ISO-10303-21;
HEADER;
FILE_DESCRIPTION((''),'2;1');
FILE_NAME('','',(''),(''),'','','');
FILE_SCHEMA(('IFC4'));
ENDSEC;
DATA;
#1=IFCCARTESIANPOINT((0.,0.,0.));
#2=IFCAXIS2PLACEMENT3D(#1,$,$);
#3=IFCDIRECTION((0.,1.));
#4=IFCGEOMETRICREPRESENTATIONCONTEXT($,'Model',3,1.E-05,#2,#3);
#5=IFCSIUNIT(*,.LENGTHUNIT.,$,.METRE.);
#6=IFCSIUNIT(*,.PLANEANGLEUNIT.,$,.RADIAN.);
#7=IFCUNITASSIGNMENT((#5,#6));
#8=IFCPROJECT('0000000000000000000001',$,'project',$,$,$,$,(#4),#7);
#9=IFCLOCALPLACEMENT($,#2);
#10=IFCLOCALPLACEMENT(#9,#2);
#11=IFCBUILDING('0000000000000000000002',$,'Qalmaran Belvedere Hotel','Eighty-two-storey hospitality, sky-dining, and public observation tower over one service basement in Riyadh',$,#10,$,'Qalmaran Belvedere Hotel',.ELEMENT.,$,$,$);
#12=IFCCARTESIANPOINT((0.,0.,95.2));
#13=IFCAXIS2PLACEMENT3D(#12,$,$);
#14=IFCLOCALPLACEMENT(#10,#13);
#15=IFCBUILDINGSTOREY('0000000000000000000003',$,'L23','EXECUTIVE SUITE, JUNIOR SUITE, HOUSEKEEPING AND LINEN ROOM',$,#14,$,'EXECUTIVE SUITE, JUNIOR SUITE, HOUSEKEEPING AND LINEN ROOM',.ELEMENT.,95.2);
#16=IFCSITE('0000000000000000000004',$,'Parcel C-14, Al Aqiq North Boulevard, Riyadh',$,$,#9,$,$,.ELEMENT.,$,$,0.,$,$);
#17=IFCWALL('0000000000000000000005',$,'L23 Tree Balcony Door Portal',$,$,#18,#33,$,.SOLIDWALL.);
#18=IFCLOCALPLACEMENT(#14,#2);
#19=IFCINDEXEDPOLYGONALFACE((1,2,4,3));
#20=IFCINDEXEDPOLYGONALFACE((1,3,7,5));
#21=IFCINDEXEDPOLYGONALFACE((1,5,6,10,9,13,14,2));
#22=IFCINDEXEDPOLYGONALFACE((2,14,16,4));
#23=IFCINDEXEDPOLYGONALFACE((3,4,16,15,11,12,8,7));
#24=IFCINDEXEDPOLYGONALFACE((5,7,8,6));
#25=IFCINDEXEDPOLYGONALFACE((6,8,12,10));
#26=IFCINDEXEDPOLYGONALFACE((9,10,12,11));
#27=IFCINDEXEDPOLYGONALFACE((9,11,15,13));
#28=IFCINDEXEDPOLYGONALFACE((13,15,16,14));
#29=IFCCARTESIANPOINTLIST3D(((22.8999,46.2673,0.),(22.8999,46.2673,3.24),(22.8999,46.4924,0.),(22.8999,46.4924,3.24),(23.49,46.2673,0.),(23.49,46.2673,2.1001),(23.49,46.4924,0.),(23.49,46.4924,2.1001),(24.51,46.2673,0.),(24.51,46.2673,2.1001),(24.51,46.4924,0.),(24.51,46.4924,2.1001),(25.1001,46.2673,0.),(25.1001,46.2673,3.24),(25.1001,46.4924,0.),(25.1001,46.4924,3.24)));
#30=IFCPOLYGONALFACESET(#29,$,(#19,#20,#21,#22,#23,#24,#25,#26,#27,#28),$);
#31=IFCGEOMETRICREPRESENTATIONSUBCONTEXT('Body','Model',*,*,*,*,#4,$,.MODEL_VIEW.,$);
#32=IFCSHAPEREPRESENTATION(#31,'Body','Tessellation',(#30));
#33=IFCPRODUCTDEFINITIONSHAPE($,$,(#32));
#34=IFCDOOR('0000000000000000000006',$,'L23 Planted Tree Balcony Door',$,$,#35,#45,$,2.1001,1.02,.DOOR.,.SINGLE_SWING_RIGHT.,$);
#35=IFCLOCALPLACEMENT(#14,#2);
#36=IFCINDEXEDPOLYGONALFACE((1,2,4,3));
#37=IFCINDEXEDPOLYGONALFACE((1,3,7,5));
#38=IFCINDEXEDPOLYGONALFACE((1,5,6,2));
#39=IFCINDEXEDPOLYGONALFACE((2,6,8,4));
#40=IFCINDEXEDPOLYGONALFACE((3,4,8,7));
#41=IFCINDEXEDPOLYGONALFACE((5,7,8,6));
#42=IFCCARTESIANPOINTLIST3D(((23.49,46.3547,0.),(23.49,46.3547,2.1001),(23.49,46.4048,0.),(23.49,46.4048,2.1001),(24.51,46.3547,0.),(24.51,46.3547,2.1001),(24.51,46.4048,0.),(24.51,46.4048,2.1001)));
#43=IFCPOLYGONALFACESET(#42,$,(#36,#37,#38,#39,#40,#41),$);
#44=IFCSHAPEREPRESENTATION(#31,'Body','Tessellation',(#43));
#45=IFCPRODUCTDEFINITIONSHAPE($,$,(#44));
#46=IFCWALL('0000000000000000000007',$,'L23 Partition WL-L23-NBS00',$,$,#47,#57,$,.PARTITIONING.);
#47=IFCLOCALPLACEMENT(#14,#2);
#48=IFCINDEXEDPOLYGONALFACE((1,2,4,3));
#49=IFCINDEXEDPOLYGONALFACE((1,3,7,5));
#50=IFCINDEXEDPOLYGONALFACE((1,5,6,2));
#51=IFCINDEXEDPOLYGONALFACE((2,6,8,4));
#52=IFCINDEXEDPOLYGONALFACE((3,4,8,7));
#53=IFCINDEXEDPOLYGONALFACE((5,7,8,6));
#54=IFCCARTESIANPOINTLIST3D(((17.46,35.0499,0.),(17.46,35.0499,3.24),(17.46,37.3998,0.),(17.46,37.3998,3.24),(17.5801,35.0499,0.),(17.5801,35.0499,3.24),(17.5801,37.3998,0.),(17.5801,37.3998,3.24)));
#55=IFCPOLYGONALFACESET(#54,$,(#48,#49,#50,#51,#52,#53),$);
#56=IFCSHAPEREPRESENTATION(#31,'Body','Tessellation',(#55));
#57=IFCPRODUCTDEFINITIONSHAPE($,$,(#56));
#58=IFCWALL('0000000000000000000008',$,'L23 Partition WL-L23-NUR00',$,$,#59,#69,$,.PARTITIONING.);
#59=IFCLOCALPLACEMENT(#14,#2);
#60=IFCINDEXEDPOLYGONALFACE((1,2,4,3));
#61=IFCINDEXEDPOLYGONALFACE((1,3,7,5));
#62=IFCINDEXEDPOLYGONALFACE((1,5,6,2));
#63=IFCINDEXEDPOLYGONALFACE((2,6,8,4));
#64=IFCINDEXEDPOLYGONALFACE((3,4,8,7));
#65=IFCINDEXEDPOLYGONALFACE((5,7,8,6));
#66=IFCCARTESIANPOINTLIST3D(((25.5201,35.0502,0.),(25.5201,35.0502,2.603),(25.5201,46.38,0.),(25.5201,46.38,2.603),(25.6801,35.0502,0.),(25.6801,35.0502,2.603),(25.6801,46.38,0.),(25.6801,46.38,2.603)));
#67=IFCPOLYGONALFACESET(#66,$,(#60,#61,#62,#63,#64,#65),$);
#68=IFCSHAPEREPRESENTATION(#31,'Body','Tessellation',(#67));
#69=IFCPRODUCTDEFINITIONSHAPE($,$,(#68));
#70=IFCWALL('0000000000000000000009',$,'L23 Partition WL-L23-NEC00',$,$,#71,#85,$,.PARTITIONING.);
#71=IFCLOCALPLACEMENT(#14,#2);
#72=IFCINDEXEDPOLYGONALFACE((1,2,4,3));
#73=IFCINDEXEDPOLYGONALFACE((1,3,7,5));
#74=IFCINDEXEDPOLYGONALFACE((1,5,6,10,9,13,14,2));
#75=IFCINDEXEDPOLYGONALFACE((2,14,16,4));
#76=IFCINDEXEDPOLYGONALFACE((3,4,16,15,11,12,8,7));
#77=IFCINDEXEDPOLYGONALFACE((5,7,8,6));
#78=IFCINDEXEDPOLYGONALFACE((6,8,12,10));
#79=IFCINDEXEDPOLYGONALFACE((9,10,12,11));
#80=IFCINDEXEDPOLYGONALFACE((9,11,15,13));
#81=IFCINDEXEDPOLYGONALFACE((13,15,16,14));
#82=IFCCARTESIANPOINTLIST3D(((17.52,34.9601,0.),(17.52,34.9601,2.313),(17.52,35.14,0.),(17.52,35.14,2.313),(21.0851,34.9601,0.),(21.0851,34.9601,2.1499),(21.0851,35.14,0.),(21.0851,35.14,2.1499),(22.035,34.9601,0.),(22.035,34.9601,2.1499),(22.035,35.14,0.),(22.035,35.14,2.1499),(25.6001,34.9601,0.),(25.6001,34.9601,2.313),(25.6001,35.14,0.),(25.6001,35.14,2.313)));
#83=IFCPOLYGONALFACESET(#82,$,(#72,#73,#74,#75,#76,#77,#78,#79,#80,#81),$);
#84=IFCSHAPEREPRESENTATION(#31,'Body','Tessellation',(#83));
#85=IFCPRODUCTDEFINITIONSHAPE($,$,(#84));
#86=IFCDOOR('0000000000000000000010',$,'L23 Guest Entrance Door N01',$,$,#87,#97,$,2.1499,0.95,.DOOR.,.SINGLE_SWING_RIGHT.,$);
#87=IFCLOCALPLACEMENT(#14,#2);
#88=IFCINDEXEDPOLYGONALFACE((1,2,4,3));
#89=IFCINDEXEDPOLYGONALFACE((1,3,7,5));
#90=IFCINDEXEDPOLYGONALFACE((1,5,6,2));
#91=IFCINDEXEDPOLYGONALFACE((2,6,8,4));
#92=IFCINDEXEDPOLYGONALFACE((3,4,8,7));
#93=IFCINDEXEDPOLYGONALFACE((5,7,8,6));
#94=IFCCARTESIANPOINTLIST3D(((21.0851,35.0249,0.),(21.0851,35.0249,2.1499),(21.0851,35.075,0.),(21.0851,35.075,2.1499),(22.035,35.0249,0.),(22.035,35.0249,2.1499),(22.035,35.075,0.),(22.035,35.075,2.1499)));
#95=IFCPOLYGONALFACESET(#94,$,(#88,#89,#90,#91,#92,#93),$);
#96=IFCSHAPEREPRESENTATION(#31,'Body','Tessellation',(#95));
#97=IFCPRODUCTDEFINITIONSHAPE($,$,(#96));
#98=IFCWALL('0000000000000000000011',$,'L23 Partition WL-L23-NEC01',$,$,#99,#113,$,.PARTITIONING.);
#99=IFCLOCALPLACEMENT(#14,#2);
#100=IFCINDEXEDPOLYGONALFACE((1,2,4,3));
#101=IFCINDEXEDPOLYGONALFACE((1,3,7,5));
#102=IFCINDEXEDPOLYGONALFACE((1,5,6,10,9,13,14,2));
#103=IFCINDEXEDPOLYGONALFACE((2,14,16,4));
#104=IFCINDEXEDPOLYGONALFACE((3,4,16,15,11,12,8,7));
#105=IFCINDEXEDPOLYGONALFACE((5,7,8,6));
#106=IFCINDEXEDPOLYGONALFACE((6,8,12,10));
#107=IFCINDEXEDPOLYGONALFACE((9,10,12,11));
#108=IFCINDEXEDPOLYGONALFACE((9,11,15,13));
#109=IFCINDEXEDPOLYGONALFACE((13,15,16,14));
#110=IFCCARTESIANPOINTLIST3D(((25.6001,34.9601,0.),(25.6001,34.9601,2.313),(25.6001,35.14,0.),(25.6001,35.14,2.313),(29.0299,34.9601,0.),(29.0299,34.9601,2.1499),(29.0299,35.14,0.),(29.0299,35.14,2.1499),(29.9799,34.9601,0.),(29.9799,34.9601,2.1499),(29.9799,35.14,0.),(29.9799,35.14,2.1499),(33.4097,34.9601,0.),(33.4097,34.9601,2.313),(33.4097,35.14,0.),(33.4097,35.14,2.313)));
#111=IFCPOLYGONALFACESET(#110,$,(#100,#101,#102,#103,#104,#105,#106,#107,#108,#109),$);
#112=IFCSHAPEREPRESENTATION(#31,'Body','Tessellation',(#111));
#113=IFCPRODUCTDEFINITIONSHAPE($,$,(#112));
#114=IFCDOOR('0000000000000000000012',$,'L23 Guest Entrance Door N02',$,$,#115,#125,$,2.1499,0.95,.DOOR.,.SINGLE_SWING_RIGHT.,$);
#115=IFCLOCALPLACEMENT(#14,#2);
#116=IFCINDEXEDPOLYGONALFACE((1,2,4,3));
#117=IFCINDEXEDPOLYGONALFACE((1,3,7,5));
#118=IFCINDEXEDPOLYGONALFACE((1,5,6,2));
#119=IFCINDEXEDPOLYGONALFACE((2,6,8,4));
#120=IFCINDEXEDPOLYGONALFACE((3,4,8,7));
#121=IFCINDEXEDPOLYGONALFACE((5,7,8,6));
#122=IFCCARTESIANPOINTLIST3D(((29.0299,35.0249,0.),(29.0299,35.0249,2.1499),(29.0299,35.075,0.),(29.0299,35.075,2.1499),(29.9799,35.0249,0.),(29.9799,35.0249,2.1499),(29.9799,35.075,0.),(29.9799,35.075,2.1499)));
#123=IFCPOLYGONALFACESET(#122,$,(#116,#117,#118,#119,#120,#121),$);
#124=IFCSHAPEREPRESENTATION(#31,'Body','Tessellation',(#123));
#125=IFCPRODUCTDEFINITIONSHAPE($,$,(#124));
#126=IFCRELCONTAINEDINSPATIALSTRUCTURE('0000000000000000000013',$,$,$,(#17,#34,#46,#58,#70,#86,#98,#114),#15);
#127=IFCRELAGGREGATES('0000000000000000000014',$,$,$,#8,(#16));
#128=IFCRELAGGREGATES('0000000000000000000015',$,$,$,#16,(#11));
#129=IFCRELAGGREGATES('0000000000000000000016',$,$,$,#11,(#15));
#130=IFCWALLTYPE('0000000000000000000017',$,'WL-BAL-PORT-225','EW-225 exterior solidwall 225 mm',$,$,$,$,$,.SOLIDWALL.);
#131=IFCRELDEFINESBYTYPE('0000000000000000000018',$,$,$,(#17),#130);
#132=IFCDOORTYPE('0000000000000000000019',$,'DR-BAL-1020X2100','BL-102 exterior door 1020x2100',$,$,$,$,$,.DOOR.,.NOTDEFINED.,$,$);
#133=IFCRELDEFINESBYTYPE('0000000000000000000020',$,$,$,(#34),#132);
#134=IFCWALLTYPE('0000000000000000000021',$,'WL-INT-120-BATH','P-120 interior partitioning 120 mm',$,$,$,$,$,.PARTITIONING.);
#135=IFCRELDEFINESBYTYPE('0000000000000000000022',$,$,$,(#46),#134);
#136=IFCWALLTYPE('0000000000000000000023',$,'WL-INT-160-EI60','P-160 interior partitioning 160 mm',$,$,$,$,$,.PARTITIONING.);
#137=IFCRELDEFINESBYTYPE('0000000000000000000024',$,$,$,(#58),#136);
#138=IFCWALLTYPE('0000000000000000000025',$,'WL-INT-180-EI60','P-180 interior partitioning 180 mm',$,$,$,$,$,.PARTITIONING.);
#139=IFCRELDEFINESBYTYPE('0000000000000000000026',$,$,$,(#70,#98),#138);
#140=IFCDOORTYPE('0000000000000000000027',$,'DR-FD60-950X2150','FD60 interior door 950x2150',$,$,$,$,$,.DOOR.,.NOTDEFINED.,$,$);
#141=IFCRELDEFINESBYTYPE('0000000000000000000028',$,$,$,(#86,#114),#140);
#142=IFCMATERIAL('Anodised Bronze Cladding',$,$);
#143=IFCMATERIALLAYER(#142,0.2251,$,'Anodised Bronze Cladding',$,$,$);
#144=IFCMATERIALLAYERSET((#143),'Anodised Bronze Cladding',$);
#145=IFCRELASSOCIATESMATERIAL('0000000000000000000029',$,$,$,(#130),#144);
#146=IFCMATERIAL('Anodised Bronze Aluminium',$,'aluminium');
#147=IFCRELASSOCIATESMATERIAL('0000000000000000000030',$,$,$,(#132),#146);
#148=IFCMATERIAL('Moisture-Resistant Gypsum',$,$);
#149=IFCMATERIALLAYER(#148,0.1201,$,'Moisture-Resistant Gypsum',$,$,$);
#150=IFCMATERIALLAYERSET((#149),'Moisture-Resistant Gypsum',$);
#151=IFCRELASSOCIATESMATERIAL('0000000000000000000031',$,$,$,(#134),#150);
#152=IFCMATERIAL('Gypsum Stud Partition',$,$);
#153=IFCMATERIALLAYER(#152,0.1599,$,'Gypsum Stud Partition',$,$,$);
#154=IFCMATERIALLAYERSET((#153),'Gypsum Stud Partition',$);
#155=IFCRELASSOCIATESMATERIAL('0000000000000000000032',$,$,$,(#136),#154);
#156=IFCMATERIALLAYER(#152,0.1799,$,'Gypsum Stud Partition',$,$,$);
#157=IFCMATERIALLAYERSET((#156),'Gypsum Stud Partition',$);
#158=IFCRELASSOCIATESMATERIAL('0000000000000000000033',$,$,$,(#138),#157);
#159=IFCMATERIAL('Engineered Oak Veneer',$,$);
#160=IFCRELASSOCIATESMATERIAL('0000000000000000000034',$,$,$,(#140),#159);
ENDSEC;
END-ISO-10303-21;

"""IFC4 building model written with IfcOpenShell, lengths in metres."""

from ifc_helpers import new_model, si_unit, direction, frame, frame_2d, origin, place, context, subcontext, project, spatial, rectangle, extrude, material, layer, layer_set, type_object, element, fill, save


model = new_model("IFC4")

# Units and contexts
model_context = context("Model", 3, precision=1e-05, world=origin(), true_north=direction((0.0, 1.0)))
body_context = subcontext(model_context, "Body", "Model", "MODEL_VIEW")
ifc_project = project(units=[si_unit("LENGTHUNIT", "METRE"), si_unit("PLANEANGLEUNIT", "RADIAN")], contexts=[model_context])

# Site, building, storey
site_placement = place(None, origin())
site = spatial("IfcSite", under=ifc_project, at=site_placement, Name="Parcel C-14, Al Aqiq North Boulevard, Riyadh", CompositionType="ELEMENT", RefElevation=0.0)
building_placement = place(site_placement, origin())
building = spatial("IfcBuilding", under=site, at=building_placement, Name="Qalmaran Belvedere Hotel", Description="Eighty-two-storey hospitality, sky-dining, and public observation tower over one service basement in Riyadh", LongName="Qalmaran Belvedere Hotel", CompositionType="ELEMENT")
storey_placement = place(building_placement, frame((0.0, 0.0, 95.2)))
storey = spatial("IfcBuildingStorey", under=building, at=storey_placement, Name="L23", Description="EXECUTIVE SUITE, JUNIOR SUITE, HOUSEKEEPING AND LINEN ROOM", LongName="EXECUTIVE SUITE, JUNIOR SUITE, HOUSEKEEPING AND LINEN ROOM", CompositionType="ELEMENT", Elevation=95.2)

# Shared definitions
ifc_material_1 = material(Name="Anodised Bronze Aluminium", Category="aluminium")

# Wall, opening, door
ifc_material_2 = material(Name="Anodised Bronze Cladding")
ifc_layer_1 = layer(ifc_material_2, 0.2251, Name="Anodised Bronze Cladding")
ifc_layer_set_1 = layer_set([ifc_layer_1], Name="Anodised Bronze Cladding")
wall_type_1 = type_object("IfcWallType", Name="WL-BAL-PORT-225", Description="EW-225 exterior solidwall 225 mm", PredefinedType="SOLIDWALL", material=ifc_layer_set_1)
wall_1_placement = place(storey_placement, frame((22.8999, 46.3799, 0.0), z_axis=(0.0, 0.0, 1.0), x_axis=(1.0, 0.0, 0.0)))
wall_1 = element("IfcWall", 1, at=wall_1_placement, inside=storey, type_object=wall_type_1, Name="L23 Tree Balcony Door Portal", PredefinedType="SOLIDWALL", context=body_context, shape_type="SweptSolid", body=[
    extrude(rectangle(XDim=2.2002, YDim=0.2251, at=frame_2d((1.1001, 0.0))), origin(), (0.0, 0.0, 1.0), 3.24),
])
opening_1_placement = place(wall_1_placement, frame((0.5901, 0.0, 0.0)))
opening_1 = element("IfcOpeningElement", 2, at=opening_1_placement, cuts=wall_1, PredefinedType="OPENING", context=body_context, shape_type="SweptSolid", body=[
    extrude(rectangle(XDim=1.02, YDim=2.1001, at=frame_2d((0.51, 1.05))), frame((0.0, 0.1226, 0.0), z_axis=(0.0, -1.0, 0.0), x_axis=(1.0, 0.0, 0.0)), (0.0, 0.0, 1.0), 0.2451),
])
door_type_1 = type_object("IfcDoorType", Name="DR-BAL-1020X2100", Description="BL-102 exterior door 1020x2100", OperationType="NOTDEFINED", PredefinedType="DOOR", material=ifc_material_1)
door_1_placement = place(opening_1_placement, origin())
door_1 = element("IfcDoor", 3, at=door_1_placement, inside=storey, type_object=door_type_1, Name="L23 Planted Tree Balcony Door", OperationType="SINGLE_SWING_RIGHT", OverallHeight=2.1001, OverallWidth=1.02, PredefinedType="DOOR", context=body_context, shape_type="SweptSolid", body=[
    extrude(rectangle(XDim=1.02, YDim=2.1001, at=frame_2d((0.51, 1.05))), frame((0.0, 0.0249, 0.0), z_axis=(0.0, -1.0, 0.0), x_axis=(1.0, 0.0, 0.0)), (0.0, 0.0, 1.0), 0.05),
])
fill(opening_1, door_1)

# Walls
ifc_material_3 = material(Name="Moisture-Resistant Gypsum")
ifc_layer_2 = layer(ifc_material_3, 0.1201, Name="Moisture-Resistant Gypsum")
ifc_layer_set_2 = layer_set([ifc_layer_2], Name="Moisture-Resistant Gypsum")
wall_type_2 = type_object("IfcWallType", Name="WL-INT-120-BATH", Description="P-120 interior partitioning 120 mm", PredefinedType="PARTITIONING", material=ifc_layer_set_2)
wall_2_placement = place(storey_placement, frame((17.52, 35.05, 0.0), z_axis=(0.0, 0.0, 1.0), x_axis=(0.0, 1.0, 0.0)))
element("IfcWall", 4, at=wall_2_placement, inside=storey, type_object=wall_type_2, Name="L23 Partition WL-L23-NBS00", PredefinedType="PARTITIONING", context=body_context, shape_type="SweptSolid", body=[
    extrude(rectangle(XDim=2.3499, YDim=0.1201, at=frame_2d((1.1748, 0.0))), origin(), (0.0, 0.0, 1.0), 3.24),
])
ifc_material_4 = material(Name="Gypsum Stud Partition")
ifc_layer_3 = layer(ifc_material_4, 0.1599, Name="Gypsum Stud Partition")
ifc_layer_set_3 = layer_set([ifc_layer_3], Name="Gypsum Stud Partition")
wall_type_3 = type_object("IfcWallType", Name="WL-INT-160-EI60", Description="P-160 interior partitioning 160 mm", PredefinedType="PARTITIONING", material=ifc_layer_set_3)
wall_3_placement = place(storey_placement, frame((25.6001, 35.05, 0.0), z_axis=(0.0, 0.0, 1.0), x_axis=(0.0, 1.0, 0.0)))
element("IfcWall", 5, at=wall_3_placement, inside=storey, type_object=wall_type_3, Name="L23 Partition WL-L23-NUR00", PredefinedType="PARTITIONING", context=body_context, shape_type="SweptSolid", body=[
    extrude(rectangle(XDim=11.3298, YDim=0.1599, at=frame_2d((5.665, 0.0))), origin(), (0.0, 0.0, 1.0), 2.603),
])

# Walls, openings, doors
ifc_layer_4 = layer(ifc_material_4, 0.1799, Name="Gypsum Stud Partition")
ifc_layer_set_4 = layer_set([ifc_layer_4], Name="Gypsum Stud Partition")
wall_type_4 = type_object("IfcWallType", Name="WL-INT-180-EI60", Description="P-180 interior partitioning 180 mm", PredefinedType="PARTITIONING", material=ifc_layer_set_4)
wall_4_placement = place(storey_placement, frame((17.52, 35.05, 0.0), z_axis=(0.0, 0.0, 1.0), x_axis=(1.0, 0.0, 0.0)))
wall_4 = element("IfcWall", 6, at=wall_4_placement, inside=storey, type_object=wall_type_4, Name="L23 Partition WL-L23-NEC00", PredefinedType="PARTITIONING", context=body_context, shape_type="SweptSolid", body=[
    extrude(rectangle(XDim=8.0801, YDim=0.1799, at=frame_2d((4.04, 0.0))), origin(), (0.0, 0.0, 1.0), 2.313),
])
opening_2_placement = place(wall_4_placement, frame((3.5649, 0.0, 0.0)))
opening_2 = element("IfcOpeningElement", 7, at=opening_2_placement, cuts=wall_4, PredefinedType="OPENING", context=body_context, shape_type="SweptSolid", body=[
    extrude(rectangle(XDim=0.95, YDim=2.1499, at=frame_2d((0.4751, 1.075))), frame((0.0, 0.1001, 0.0), z_axis=(0.0, -1.0, 0.0), x_axis=(1.0, 0.0, 0.0)), (0.0, 0.0, 1.0), 0.2),
])
ifc_material_5 = material(Name="Engineered Oak Veneer")
door_type_2 = type_object("IfcDoorType", Name="DR-FD60-950X2150", Description="FD60 interior door 950x2150", OperationType="NOTDEFINED", PredefinedType="DOOR", material=ifc_material_5)
door_2_placement = place(opening_2_placement, origin())
door_2 = element("IfcDoor", 8, at=door_2_placement, inside=storey, type_object=door_type_2, Name="L23 Guest Entrance Door N01", OperationType="SINGLE_SWING_RIGHT", OverallHeight=2.1499, OverallWidth=0.95, PredefinedType="DOOR", context=body_context, shape_type="SweptSolid", body=[
    extrude(rectangle(XDim=0.95, YDim=2.1499, at=frame_2d((0.4751, 1.075))), frame((0.0, 0.0249, 0.0), z_axis=(0.0, -1.0, 0.0), x_axis=(1.0, 0.0, 0.0)), (0.0, 0.0, 1.0), 0.05),
])
fill(opening_2, door_2)
wall_5_placement = place(storey_placement, frame((25.6001, 35.05, 0.0), z_axis=(0.0, 0.0, 1.0), x_axis=(1.0, 0.0, 0.0)))
wall_5 = element("IfcWall", 9, at=wall_5_placement, inside=storey, type_object=wall_type_4, Name="L23 Partition WL-L23-NEC01", PredefinedType="PARTITIONING", context=body_context, shape_type="SweptSolid", body=[
    extrude(rectangle(XDim=7.8096, YDim=0.1799, at=frame_2d((3.9048, 0.0))), origin(), (0.0, 0.0, 1.0), 2.313),
])
opening_3_placement = place(wall_5_placement, frame((3.4297, 0.0, 0.0)))
opening_3 = element("IfcOpeningElement", 10, at=opening_3_placement, cuts=wall_5, PredefinedType="OPENING", context=body_context, shape_type="SweptSolid", body=[
    extrude(rectangle(XDim=0.95, YDim=2.1499, at=frame_2d((0.4751, 1.075))), frame((0.0, 0.1001, 0.0), z_axis=(0.0, -1.0, 0.0), x_axis=(1.0, 0.0, 0.0)), (0.0, 0.0, 1.0), 0.2),
])
door_3_placement = place(opening_3_placement, origin())
door_3 = element("IfcDoor", 11, at=door_3_placement, inside=storey, type_object=door_type_2, Name="L23 Guest Entrance Door N02", OperationType="SINGLE_SWING_RIGHT", OverallHeight=2.1499, OverallWidth=0.95, PredefinedType="DOOR", context=body_context, shape_type="SweptSolid", body=[
    extrude(rectangle(XDim=0.95, YDim=2.1499, at=frame_2d((0.4751, 1.075))), frame((0.0, 0.0249, 0.0), z_axis=(0.0, -1.0, 0.0), x_axis=(1.0, 0.0, 0.0)), (0.0, 0.0, 1.0), 0.05),
])
fill(opening_3, door_3)

save(model, "model.ifc")
